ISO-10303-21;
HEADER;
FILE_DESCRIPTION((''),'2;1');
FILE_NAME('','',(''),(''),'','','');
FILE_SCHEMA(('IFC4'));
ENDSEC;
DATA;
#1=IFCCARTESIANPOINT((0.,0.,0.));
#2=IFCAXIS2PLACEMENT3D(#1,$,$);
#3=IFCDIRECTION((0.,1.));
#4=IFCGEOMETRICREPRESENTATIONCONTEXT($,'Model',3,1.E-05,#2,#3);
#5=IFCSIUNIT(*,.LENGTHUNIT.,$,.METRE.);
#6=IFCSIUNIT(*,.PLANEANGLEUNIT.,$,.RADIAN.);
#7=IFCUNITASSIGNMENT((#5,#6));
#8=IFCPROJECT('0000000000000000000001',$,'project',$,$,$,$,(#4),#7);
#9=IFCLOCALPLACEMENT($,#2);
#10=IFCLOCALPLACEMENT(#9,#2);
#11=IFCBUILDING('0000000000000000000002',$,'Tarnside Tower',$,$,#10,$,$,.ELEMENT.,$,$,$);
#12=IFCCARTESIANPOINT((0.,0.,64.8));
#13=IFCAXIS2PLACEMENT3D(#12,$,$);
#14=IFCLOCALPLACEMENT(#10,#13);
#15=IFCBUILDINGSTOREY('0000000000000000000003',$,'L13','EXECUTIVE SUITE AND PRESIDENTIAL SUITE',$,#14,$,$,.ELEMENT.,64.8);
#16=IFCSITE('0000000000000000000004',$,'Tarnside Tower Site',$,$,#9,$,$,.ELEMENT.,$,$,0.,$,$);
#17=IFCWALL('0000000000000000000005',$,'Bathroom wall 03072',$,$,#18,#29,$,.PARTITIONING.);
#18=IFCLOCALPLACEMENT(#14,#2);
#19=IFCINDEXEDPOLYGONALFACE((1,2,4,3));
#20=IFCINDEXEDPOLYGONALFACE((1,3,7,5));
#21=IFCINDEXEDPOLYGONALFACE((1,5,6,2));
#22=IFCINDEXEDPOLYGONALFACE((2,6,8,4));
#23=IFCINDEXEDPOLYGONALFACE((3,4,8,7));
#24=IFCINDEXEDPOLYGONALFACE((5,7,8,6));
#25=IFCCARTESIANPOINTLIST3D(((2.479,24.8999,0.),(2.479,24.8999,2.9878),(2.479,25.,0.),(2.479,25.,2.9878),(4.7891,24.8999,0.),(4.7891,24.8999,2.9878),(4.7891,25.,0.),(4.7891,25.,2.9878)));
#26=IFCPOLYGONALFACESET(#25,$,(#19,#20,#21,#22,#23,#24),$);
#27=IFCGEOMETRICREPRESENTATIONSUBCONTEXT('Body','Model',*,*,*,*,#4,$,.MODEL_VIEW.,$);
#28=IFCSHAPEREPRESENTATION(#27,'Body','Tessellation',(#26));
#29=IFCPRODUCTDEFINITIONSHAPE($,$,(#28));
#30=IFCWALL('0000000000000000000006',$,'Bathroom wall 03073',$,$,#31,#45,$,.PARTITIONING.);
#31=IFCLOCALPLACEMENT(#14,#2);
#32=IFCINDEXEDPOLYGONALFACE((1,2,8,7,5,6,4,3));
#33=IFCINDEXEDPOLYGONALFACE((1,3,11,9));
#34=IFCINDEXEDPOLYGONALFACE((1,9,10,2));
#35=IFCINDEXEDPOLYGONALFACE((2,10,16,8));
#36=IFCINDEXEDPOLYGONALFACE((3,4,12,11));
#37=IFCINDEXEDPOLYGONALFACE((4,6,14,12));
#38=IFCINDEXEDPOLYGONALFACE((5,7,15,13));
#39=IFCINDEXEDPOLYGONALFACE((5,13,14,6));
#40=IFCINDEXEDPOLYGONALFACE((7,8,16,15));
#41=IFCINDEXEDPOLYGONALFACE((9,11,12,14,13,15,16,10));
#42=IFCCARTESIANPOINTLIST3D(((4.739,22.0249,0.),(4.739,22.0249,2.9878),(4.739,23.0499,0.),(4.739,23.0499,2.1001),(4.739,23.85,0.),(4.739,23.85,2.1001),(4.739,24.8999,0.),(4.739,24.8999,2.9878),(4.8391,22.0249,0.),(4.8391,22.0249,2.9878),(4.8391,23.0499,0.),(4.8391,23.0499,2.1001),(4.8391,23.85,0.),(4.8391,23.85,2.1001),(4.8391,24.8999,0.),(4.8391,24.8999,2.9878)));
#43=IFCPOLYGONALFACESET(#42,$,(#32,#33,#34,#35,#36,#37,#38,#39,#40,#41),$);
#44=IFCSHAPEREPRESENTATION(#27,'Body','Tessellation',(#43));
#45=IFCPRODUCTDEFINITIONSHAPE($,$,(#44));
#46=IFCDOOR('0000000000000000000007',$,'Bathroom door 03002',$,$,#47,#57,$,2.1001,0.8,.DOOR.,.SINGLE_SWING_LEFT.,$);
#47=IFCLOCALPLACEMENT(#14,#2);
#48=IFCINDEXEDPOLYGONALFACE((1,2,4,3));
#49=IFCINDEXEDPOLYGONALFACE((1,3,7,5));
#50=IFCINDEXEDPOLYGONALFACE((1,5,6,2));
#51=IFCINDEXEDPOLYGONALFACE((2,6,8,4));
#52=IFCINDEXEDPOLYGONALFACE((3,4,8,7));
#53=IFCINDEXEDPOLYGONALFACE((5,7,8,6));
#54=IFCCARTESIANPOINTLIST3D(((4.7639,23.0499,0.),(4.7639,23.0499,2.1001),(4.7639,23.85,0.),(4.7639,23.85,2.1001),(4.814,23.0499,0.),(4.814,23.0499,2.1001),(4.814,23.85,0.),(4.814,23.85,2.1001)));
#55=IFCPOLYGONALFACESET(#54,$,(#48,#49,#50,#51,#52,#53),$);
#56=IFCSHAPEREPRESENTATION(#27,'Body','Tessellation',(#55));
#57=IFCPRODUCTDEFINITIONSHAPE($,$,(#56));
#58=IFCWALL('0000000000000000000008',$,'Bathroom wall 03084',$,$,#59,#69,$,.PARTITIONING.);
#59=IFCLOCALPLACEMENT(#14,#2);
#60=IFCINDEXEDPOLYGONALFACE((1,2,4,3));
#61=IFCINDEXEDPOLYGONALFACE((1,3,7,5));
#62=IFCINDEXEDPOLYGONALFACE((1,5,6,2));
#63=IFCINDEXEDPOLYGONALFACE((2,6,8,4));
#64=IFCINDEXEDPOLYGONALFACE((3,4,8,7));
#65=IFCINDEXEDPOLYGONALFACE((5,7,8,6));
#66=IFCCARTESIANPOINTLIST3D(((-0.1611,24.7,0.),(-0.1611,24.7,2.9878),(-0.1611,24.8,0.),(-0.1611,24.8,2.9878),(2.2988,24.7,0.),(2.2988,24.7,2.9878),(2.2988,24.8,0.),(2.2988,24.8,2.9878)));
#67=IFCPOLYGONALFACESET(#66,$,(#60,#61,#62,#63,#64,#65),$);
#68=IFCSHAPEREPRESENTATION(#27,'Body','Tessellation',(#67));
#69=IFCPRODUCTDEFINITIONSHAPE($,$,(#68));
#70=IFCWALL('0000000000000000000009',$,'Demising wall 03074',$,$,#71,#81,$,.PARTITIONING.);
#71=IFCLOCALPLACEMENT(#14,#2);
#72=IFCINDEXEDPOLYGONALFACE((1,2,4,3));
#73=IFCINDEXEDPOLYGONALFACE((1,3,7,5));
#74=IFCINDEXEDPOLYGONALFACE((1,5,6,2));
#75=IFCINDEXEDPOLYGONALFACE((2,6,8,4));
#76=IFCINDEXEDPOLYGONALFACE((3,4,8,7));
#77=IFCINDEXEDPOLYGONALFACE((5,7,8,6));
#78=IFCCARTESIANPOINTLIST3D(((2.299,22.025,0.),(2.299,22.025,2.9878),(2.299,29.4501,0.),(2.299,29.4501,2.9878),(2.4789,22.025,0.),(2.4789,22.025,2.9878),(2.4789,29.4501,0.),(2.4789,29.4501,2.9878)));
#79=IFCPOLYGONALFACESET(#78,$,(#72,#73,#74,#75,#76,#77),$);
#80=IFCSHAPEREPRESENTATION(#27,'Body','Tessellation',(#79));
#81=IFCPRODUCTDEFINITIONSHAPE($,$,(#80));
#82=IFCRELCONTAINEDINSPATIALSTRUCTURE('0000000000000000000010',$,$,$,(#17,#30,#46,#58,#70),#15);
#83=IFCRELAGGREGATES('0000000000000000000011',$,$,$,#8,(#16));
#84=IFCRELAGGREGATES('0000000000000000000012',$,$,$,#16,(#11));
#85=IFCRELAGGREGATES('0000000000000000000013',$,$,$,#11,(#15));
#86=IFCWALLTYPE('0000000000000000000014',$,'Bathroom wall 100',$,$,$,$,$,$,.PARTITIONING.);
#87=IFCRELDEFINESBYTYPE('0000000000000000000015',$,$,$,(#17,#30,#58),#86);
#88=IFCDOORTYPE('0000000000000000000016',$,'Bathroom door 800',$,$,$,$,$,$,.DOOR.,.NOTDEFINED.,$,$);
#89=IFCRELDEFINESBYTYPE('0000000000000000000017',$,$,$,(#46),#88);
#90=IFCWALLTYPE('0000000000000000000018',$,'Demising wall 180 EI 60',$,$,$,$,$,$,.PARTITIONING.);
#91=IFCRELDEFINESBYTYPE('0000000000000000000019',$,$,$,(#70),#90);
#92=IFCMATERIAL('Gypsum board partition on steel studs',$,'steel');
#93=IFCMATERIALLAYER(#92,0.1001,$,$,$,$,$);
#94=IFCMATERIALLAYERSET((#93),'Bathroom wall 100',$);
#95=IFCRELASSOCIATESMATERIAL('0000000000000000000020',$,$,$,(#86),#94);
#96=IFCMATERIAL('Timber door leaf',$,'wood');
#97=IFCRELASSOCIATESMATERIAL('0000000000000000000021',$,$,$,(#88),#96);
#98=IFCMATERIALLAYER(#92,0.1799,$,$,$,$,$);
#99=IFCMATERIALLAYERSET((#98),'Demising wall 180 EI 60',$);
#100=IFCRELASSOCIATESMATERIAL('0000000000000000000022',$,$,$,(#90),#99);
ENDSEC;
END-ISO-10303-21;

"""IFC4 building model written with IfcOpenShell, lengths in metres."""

from ifc_helpers import new_model, si_unit, direction, frame, frame_2d, origin, place, context, subcontext, project, spatial, rectangle, extrude, material, layer, layer_set, type_object, element, fill, save


model = new_model("IFC4")

# Units and contexts
model_context = context("Model", 3, precision=1e-05, world=origin(), true_north=direction((0.0, 1.0)))
body_context = subcontext(model_context, "Body", "Model", "MODEL_VIEW")
ifc_project = project(units=[si_unit("LENGTHUNIT", "METRE"), si_unit("PLANEANGLEUNIT", "RADIAN")], contexts=[model_context])

# Site, building, storey
site_placement = place(None, origin())
site = spatial("IfcSite", under=ifc_project, at=site_placement, Name="Tarnside Tower Site", CompositionType="ELEMENT", RefElevation=0.0)
building_placement = place(site_placement, origin())
building = spatial("IfcBuilding", under=site, at=building_placement, Name="Tarnside Tower", CompositionType="ELEMENT")
storey_placement = place(building_placement, frame((0.0, 0.0, 64.8)))
storey = spatial("IfcBuildingStorey", under=building, at=storey_placement, Name="L13", Description="EXECUTIVE SUITE AND PRESIDENTIAL SUITE", CompositionType="ELEMENT", Elevation=64.8)

# Wall
ifc_material_1 = material(Name="Gypsum board partition on steel studs", Category="steel")
ifc_layer_1 = layer(ifc_material_1, 0.1001)
ifc_layer_set_1 = layer_set([ifc_layer_1], Name="Bathroom wall 100")
wall_type_1 = type_object("IfcWallType", Name="Bathroom wall 100", PredefinedType="PARTITIONING", material=ifc_layer_set_1)
wall_1_placement = place(storey_placement, frame((2.479, 24.95, 0.0), z_axis=(0.0, 0.0, 1.0), x_axis=(1.0, 0.0, 0.0)))
element("IfcWall", 1, at=wall_1_placement, inside=storey, type_object=wall_type_1, Name="Bathroom wall 03072", PredefinedType="PARTITIONING", context=body_context, shape_type="SweptSolid", body=[
    extrude(rectangle(XDim=2.3101, YDim=0.1001, at=frame_2d((1.155, 0.0))), origin(), (0.0, 0.0, 1.0), 2.9878),
])

# Wall, opening, door
wall_2_placement = place(storey_placement, frame((4.7891, 24.8999, 0.0), z_axis=(0.0, 0.0, 1.0), x_axis=(0.0, -1.0, 0.0)))
wall_2 = element("IfcWall", 2, at=wall_2_placement, inside=storey, type_object=wall_type_1, Name="Bathroom wall 03073", PredefinedType="PARTITIONING", context=body_context, shape_type="SweptSolid", body=[
    extrude(rectangle(XDim=2.875, YDim=0.1001, at=frame_2d((1.4375, 0.0))), origin(), (0.0, 0.0, 1.0), 2.9878),
])
opening_1_placement = place(wall_2_placement, frame((1.05, 0.0, 0.0)))
opening_1 = element("IfcOpeningElement", 3, at=opening_1_placement, cuts=wall_2, PredefinedType="OPENING", context=body_context, shape_type="SweptSolid", body=[
    extrude(rectangle(XDim=0.8, YDim=2.1001, at=frame_2d((0.3999, 1.05))), frame((0.0, 0.0601, 0.0), z_axis=(0.0, -1.0, 0.0), x_axis=(1.0, 0.0, 0.0)), (0.0, 0.0, 1.0), 0.1201),
])
ifc_material_2 = material(Name="Timber door leaf", Category="wood")
door_type = type_object("IfcDoorType", Name="Bathroom door 800", OperationType="NOTDEFINED", PredefinedType="DOOR", material=ifc_material_2)
door_placement = place(opening_1_placement, origin())
door = element("IfcDoor", 4, at=door_placement, inside=storey, type_object=door_type, Name="Bathroom door 03002", OperationType="SINGLE_SWING_LEFT", OverallHeight=2.1001, OverallWidth=0.8, PredefinedType="DOOR", context=body_context, shape_type="SweptSolid", body=[
    extrude(rectangle(XDim=0.8, YDim=2.1001, at=frame_2d((0.3999, 1.05))), frame((0.0, 0.0249, 0.0), z_axis=(0.0, -1.0, 0.0), x_axis=(1.0, 0.0, 0.0)), (0.0, 0.0, 1.0), 0.05),
])
fill(opening_1, door)

# Walls
wall_3_placement = place(storey_placement, frame((2.2988, 24.75, 0.0), z_axis=(0.0, 0.0, 1.0), x_axis=(-1.0, 0.0, 0.0)))
element("IfcWall", 5, at=wall_3_placement, inside=storey, type_object=wall_type_1, Name="Bathroom wall 03084", PredefinedType="PARTITIONING", context=body_context, shape_type="SweptSolid", body=[
    extrude(rectangle(XDim=2.46, YDim=0.1001, at=frame_2d((1.23, 0.0))), origin(), (0.0, 0.0, 1.0), 2.9878),
])
ifc_layer_2 = layer(ifc_material_1, 0.1799)
ifc_layer_set_2 = layer_set([ifc_layer_2], Name="Demising wall 180 EI 60")
wall_type_2 = type_object("IfcWallType", Name="Demising wall 180 EI 60", PredefinedType="PARTITIONING", material=ifc_layer_set_2)
wall_4_placement = place(storey_placement, frame((2.3889, 29.45, 0.0), z_axis=(0.0, 0.0, 1.0), x_axis=(0.0, -1.0, 0.0)))
element("IfcWall", 6, at=wall_4_placement, inside=storey, type_object=wall_type_2, Name="Demising wall 03074", PredefinedType="PARTITIONING", context=body_context, shape_type="SweptSolid", body=[
    extrude(rectangle(XDim=7.425, YDim=0.1799, at=frame_2d((3.7124, 0.0))), origin(), (0.0, 0.0, 1.0), 2.9878),
])

save(model, "model.ifc")
